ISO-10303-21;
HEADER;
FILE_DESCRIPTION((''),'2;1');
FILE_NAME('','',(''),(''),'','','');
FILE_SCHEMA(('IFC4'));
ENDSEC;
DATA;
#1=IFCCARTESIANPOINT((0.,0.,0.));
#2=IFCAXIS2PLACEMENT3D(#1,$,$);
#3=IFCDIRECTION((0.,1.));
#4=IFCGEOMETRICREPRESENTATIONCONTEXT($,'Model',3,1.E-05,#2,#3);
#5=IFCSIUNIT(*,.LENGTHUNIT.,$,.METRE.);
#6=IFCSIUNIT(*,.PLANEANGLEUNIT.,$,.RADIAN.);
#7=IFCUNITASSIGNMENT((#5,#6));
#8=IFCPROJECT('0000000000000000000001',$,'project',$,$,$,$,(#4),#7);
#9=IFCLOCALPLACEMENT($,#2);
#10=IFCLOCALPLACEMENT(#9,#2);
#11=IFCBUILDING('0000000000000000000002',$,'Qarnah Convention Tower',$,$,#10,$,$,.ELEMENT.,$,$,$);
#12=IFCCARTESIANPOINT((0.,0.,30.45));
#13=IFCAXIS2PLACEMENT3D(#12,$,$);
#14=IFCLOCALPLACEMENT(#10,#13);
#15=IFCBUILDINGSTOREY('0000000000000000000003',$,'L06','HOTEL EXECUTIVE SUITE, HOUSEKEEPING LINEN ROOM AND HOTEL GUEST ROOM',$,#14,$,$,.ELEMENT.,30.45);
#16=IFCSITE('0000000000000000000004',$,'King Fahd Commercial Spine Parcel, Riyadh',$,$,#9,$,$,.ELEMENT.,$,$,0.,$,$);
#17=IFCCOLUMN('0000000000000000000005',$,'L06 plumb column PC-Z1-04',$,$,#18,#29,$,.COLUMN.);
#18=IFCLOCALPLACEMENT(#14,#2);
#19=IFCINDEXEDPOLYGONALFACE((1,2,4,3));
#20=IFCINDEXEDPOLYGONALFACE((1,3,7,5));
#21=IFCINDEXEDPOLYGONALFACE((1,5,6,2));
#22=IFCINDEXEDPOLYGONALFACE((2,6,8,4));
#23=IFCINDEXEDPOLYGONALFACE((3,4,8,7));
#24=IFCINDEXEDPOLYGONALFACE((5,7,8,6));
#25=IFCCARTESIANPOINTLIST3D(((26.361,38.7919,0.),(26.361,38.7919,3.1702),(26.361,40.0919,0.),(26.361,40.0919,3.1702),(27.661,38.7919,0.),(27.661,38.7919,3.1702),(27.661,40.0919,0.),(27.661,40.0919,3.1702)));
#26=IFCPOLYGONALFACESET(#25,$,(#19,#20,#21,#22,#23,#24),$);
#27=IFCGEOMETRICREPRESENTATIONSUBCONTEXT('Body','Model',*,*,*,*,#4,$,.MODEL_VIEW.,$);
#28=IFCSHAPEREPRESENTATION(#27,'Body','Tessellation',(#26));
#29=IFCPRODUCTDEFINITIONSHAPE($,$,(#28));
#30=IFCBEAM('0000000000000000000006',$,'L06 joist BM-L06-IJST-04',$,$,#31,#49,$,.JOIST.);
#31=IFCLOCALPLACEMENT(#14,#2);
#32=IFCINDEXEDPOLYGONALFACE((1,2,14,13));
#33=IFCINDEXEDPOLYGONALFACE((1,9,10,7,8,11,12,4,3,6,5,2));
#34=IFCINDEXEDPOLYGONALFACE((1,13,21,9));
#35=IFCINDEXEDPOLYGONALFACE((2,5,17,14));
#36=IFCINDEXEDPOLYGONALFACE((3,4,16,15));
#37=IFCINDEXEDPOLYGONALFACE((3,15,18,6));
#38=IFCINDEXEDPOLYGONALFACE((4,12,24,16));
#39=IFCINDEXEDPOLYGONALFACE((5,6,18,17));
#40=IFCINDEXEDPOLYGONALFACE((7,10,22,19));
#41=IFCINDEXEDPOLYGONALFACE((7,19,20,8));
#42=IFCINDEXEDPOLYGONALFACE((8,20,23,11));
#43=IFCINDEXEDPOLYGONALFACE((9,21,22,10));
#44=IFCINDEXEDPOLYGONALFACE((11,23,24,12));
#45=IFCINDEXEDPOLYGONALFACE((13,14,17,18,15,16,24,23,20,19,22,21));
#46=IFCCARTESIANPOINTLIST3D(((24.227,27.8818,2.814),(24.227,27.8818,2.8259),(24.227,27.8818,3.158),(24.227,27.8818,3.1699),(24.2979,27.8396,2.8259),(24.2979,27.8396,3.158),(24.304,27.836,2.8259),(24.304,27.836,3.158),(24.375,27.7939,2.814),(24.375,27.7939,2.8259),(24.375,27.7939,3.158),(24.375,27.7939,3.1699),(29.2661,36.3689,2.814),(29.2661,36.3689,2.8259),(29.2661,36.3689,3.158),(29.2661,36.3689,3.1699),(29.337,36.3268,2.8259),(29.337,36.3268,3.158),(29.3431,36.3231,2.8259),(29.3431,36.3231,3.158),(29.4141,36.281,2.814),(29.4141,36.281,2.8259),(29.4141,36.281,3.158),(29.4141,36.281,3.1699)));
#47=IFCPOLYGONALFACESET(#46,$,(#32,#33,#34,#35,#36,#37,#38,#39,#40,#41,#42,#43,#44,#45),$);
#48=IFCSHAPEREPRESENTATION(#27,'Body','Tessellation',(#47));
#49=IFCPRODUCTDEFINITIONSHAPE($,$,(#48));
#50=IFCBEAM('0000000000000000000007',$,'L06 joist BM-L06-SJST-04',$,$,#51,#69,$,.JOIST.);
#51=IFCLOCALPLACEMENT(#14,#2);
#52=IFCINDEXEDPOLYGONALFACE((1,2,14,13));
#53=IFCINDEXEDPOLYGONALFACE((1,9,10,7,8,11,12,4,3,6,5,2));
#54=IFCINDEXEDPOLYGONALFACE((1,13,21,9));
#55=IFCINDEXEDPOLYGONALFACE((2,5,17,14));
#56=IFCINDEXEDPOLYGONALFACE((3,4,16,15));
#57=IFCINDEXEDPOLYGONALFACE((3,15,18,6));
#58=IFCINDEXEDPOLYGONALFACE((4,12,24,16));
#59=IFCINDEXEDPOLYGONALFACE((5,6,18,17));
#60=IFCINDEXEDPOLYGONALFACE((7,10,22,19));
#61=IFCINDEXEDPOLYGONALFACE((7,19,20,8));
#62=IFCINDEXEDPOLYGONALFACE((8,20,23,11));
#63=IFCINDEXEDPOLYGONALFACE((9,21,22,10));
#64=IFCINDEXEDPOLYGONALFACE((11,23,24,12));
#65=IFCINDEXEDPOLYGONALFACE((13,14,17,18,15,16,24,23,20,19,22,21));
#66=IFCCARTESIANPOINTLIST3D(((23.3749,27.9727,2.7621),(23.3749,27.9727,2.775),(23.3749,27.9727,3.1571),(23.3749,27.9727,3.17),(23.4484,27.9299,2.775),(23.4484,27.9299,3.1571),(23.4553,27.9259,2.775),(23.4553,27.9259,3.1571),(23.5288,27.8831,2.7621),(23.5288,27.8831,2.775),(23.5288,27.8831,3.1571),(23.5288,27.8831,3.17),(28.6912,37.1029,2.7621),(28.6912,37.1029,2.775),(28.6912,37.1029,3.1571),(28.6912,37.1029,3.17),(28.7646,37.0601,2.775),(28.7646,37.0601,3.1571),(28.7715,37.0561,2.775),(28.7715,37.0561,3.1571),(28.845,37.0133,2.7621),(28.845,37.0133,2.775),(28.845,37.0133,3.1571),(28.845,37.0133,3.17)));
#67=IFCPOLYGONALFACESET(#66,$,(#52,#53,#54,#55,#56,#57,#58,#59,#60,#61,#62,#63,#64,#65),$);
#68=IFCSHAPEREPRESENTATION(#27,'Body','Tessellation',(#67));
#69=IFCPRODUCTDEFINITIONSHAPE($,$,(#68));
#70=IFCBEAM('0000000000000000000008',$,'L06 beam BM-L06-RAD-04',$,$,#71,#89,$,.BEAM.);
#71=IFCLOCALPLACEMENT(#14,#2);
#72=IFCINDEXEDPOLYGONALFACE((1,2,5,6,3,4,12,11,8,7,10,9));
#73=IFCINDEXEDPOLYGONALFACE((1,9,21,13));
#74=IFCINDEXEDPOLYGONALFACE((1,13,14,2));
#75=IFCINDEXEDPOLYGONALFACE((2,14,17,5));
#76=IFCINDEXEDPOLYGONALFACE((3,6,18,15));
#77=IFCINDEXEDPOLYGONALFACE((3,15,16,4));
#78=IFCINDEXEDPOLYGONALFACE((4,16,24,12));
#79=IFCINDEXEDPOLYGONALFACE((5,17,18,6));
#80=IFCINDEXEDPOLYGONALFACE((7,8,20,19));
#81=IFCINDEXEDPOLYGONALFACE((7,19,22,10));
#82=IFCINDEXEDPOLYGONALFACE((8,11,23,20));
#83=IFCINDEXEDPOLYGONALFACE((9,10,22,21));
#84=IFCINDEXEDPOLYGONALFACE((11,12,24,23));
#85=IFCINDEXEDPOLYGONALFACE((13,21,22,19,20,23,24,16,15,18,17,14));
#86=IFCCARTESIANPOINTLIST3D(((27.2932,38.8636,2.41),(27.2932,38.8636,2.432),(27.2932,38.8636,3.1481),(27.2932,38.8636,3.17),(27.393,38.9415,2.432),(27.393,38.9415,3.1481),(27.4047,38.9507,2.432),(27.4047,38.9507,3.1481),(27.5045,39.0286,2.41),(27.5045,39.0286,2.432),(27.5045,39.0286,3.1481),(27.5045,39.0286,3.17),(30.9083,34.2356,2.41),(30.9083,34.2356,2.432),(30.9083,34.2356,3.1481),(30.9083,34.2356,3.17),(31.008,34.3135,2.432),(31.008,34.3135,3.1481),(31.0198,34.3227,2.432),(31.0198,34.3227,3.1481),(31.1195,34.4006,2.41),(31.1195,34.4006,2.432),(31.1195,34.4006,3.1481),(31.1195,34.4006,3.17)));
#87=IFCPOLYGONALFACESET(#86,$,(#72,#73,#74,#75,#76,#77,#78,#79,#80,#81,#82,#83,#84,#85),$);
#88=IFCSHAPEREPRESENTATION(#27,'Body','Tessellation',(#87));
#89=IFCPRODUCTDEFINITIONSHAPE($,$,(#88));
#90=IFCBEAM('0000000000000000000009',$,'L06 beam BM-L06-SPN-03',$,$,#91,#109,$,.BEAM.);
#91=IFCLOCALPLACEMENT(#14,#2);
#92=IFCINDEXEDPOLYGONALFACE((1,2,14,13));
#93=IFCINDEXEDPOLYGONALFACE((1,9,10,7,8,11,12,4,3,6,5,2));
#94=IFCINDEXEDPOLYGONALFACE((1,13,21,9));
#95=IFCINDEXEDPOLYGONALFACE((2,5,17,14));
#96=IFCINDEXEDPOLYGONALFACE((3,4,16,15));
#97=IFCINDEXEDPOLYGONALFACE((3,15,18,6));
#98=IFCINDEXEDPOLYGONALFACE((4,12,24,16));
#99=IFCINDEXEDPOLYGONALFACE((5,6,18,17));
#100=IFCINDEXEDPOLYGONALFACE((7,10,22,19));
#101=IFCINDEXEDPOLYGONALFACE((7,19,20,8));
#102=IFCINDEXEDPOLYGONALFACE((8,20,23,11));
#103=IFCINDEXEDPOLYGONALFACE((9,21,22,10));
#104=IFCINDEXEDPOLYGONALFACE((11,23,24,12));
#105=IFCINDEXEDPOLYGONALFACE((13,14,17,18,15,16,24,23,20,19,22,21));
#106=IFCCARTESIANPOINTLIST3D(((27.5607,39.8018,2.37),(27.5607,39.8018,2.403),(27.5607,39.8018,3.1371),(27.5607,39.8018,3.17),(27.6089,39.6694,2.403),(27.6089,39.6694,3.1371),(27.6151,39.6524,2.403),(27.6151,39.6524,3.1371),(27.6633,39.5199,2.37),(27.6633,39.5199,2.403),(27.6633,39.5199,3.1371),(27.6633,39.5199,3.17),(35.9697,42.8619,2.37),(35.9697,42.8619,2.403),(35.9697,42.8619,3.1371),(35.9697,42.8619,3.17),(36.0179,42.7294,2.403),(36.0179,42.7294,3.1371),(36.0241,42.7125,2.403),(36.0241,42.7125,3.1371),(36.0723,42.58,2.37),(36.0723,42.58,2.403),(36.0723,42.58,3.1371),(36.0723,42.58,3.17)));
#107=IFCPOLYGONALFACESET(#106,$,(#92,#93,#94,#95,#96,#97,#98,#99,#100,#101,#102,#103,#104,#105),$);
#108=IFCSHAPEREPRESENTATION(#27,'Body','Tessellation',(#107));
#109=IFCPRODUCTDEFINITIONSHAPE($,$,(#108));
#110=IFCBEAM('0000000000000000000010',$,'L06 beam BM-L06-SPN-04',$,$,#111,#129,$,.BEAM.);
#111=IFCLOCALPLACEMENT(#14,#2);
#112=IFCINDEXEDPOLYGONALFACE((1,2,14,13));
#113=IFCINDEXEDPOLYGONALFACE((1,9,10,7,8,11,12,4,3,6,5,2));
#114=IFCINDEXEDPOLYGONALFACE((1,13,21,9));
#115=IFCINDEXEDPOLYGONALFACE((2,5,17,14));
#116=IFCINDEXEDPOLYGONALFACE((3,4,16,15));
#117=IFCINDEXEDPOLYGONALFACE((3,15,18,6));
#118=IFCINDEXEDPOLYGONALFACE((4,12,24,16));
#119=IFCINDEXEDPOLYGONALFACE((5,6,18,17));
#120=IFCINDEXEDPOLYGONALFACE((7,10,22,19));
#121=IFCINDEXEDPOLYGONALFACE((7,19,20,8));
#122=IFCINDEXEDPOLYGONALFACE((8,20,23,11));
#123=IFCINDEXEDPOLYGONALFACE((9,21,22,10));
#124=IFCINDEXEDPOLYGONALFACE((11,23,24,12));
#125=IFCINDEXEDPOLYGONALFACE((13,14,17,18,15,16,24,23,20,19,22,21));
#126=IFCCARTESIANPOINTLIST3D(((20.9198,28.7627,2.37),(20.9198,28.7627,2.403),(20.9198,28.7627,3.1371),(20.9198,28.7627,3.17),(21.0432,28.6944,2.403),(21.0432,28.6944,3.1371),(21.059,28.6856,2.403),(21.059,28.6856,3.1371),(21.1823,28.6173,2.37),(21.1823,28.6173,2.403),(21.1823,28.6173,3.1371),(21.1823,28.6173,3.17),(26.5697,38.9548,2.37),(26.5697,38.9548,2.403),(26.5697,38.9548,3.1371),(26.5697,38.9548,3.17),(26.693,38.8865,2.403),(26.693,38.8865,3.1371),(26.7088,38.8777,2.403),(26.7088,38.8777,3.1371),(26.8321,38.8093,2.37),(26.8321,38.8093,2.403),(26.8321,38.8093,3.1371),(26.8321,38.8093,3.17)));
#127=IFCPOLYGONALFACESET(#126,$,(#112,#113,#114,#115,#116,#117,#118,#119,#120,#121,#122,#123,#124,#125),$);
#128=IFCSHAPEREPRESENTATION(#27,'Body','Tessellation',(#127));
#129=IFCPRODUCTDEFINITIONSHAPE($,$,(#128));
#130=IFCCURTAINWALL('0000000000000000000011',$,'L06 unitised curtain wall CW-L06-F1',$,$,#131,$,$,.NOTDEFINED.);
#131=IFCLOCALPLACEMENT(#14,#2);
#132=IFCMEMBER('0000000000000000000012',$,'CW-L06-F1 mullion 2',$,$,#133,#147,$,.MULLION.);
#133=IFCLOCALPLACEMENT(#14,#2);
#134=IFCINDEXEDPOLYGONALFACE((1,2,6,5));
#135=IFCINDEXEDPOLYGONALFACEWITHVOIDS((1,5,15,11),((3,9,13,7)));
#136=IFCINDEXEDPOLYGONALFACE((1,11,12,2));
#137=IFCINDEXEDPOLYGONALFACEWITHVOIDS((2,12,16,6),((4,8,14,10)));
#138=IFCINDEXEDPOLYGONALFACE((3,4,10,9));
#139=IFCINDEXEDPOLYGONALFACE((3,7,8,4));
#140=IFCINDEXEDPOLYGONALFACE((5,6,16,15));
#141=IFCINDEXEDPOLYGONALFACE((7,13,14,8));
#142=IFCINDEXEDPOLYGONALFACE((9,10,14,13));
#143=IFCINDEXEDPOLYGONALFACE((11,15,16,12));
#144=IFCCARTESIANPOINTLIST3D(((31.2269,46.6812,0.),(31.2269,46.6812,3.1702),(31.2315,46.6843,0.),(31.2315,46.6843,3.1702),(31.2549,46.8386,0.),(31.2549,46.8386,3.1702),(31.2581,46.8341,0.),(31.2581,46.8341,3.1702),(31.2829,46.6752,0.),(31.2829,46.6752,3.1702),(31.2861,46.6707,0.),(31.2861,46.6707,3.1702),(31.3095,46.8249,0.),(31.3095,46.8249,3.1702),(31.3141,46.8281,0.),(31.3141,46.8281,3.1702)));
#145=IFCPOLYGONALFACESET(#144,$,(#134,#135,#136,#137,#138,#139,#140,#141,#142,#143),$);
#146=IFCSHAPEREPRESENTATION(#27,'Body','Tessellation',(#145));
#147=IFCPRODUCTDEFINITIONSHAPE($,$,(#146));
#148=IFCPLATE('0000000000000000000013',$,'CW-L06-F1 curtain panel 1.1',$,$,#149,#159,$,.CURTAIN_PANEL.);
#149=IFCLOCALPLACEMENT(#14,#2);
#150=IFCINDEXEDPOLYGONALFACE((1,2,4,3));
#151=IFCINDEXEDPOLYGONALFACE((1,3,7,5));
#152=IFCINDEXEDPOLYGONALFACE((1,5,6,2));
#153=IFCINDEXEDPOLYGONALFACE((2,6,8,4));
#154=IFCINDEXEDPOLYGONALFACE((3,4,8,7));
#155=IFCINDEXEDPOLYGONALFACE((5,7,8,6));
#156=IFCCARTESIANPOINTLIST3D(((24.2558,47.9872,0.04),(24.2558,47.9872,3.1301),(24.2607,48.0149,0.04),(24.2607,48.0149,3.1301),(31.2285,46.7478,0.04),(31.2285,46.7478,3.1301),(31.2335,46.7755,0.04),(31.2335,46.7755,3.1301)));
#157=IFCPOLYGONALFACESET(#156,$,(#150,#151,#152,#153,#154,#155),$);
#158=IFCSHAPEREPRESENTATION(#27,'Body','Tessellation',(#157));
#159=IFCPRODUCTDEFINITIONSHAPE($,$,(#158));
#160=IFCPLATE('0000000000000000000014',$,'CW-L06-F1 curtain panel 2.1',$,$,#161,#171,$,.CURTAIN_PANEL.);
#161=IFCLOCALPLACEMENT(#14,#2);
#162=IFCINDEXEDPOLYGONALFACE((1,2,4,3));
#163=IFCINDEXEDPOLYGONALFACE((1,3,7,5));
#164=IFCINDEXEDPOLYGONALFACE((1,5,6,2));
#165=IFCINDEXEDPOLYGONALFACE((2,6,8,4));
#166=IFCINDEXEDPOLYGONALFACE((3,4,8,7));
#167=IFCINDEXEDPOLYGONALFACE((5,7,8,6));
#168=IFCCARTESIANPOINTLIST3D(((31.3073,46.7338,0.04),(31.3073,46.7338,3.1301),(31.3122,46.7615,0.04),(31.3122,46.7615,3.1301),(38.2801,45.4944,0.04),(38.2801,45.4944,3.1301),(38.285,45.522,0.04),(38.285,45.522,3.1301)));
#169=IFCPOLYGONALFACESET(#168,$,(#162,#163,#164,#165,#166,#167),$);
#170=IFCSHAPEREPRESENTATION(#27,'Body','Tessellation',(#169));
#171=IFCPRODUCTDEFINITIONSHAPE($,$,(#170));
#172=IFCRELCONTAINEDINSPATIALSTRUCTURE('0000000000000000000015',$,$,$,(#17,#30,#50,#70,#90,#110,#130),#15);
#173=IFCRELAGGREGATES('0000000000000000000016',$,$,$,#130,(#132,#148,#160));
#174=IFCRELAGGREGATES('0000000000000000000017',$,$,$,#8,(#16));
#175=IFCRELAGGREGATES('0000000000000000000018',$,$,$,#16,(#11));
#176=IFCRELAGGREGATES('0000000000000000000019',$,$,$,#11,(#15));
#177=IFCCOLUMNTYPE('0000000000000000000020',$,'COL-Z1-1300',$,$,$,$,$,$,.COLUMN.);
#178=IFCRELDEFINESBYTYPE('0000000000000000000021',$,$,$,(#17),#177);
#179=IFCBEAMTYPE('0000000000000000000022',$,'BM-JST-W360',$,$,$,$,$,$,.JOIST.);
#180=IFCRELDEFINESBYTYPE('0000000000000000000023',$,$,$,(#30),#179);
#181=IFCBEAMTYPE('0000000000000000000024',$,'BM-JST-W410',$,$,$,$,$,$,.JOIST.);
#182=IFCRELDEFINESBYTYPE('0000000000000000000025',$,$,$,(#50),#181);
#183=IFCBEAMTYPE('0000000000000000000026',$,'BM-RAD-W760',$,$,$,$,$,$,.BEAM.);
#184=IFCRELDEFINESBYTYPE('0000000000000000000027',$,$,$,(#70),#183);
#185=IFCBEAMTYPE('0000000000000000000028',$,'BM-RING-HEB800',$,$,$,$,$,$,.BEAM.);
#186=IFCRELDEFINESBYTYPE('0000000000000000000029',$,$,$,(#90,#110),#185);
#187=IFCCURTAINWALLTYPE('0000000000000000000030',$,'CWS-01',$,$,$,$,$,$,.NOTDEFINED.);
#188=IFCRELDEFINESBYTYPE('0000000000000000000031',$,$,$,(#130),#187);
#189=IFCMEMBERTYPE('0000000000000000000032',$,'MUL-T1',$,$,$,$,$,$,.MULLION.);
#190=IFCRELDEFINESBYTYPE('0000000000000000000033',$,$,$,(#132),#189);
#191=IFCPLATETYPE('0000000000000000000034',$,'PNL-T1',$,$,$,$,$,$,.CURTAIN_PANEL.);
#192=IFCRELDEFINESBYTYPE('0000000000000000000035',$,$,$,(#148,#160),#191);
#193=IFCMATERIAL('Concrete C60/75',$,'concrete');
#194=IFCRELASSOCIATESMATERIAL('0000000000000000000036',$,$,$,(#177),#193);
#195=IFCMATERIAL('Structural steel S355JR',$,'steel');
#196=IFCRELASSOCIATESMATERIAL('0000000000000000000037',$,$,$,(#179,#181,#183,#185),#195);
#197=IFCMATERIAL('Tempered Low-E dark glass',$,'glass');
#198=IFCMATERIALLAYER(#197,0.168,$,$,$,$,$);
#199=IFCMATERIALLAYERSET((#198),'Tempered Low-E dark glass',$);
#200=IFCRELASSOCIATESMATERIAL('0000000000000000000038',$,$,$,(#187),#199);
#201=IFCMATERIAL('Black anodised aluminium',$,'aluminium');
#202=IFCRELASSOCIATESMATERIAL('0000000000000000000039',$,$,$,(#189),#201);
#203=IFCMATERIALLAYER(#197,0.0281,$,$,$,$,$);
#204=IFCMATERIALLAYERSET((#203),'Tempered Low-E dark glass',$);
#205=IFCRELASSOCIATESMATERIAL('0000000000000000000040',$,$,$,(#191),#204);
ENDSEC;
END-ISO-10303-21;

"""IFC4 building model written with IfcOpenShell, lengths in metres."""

from ifc_helpers import new_model, si_unit, direction, frame, origin, origin_2d, place, context, subcontext, project, spatial, rectangle, hollow_rectangle, i_section, extrude, material, layer, layer_set, material_profile, profile_set, type_object, element, aggregate, save


model = new_model("IFC4")

# Units and contexts
model_context = context("Model", 3, precision=1e-05, world=origin(), true_north=direction((0.0, 1.0)))
body_context = subcontext(model_context, "Body", "Model", "MODEL_VIEW")
ifc_project = project(units=[si_unit("LENGTHUNIT", "METRE"), si_unit("PLANEANGLEUNIT", "RADIAN")], contexts=[model_context])

# Site, building, storey
site_placement = place(None, origin())
site = spatial("IfcSite", under=ifc_project, at=site_placement, Name="King Fahd Commercial Spine Parcel, Riyadh", CompositionType="ELEMENT", RefElevation=0.0)
building_placement = place(site_placement, origin())
building = spatial("IfcBuilding", under=site, at=building_placement, Name="Qarnah Convention Tower", CompositionType="ELEMENT")
storey_placement = place(building_placement, frame((0.0, 0.0, 30.45)))
storey = spatial("IfcBuildingStorey", under=building, at=storey_placement, Name="L06", Description="HOTEL EXECUTIVE SUITE, HOUSEKEEPING LINEN ROOM AND HOTEL GUEST ROOM", CompositionType="ELEMENT", Elevation=30.45)

# Column
ifc_material_1 = material(Name="Concrete C60/75", Category="concrete")
ifc_material_profile_1 = material_profile(ifc_material_1, rectangle(XDim=1.3, YDim=1.3, at=origin_2d()), Name="RC-COL-1300X1300")
ifc_profile_set_1 = profile_set([ifc_material_profile_1], Name="Concrete C60/75")
column_type = type_object("IfcColumnType", Name="COL-Z1-1300", PredefinedType="COLUMN", material=ifc_profile_set_1)
column_placement = place(storey_placement, frame((27.011, 39.4419, 0.0), z_axis=(0.0, 0.0, 1.0), x_axis=(1.0, 0.0, 0.0)))
element("IfcColumn", 1, at=column_placement, inside=storey, type_object=column_type, Name="L06 plumb column PC-Z1-04", PredefinedType="COLUMN", context=body_context, shape_type="SweptSolid", body=[
    extrude(rectangle(XDim=1.3, YDim=1.3, at=origin_2d()), origin(), (0.0, 0.0, 1.0), 3.1702),
])

# Beams
ifc_material_2 = material(Name="Structural steel S355JR", Category="steel")
ifc_material_profile_2 = material_profile(ifc_material_2, i_section(OverallWidth=0.1721, OverallDepth=0.356, WebThickness=0.0071, FlangeThickness=0.012, at=origin_2d()), Name="W360X51")
ifc_profile_set_2 = profile_set([ifc_material_profile_2], Name="Structural steel S355JR")
beam_type_1 = type_object("IfcBeamType", Name="BM-JST-W360", PredefinedType="JOIST", material=ifc_profile_set_2)
beam_1_placement = place(storey_placement, frame((29.3401, 36.325, 2.9919), z_axis=(-0.510529, -0.859861, 0.0), x_axis=(0.859861, -0.510529, 0.0)))
element("IfcBeam", 2, at=beam_1_placement, inside=storey, type_object=beam_type_1, Name="L06 joist BM-L06-IJST-04", PredefinedType="JOIST", context=body_context, shape_type="SweptSolid", body=[
    extrude(i_section(OverallWidth=0.1721, OverallDepth=0.356, WebThickness=0.0071, FlangeThickness=0.012, at=origin_2d()), origin(), (0.0, 0.0, 1.0), 9.8704),
])
ifc_material_profile_3 = material_profile(ifc_material_2, i_section(OverallWidth=0.178, OverallDepth=0.408, WebThickness=0.0081, FlangeThickness=0.0129, at=origin_2d()), Name="W410X60")
ifc_profile_set_3 = profile_set([ifc_material_profile_3], Name="Structural steel S355JR")
beam_type_2 = type_object("IfcBeamType", Name="BM-JST-W410", PredefinedType="JOIST", material=ifc_profile_set_3)
beam_2_placement = place(storey_placement, frame((28.7681, 37.0581, 2.9661), z_axis=(-0.503183, -0.86418, 0.0), x_axis=(0.86418, -0.503183, 0.0)))
element("IfcBeam", 3, at=beam_2_placement, inside=storey, type_object=beam_type_2, Name="L06 joist BM-L06-SJST-04", PredefinedType="JOIST", context=body_context, shape_type="SweptSolid", body=[
    extrude(i_section(OverallWidth=0.178, OverallDepth=0.408, WebThickness=0.0081, FlangeThickness=0.0129, at=origin_2d()), origin(), (0.0, 0.0, 1.0), 10.5652),
])
ifc_material_profile_4 = material_profile(ifc_material_2, i_section(OverallWidth=0.2681, OverallDepth=0.76, WebThickness=0.0149, FlangeThickness=0.022, at=origin_2d()), Name="W760X185")
ifc_profile_set_4 = profile_set([ifc_material_profile_4], Name="Structural steel S355JR")
beam_type_3 = type_object("IfcBeamType", Name="BM-RAD-W760", PredefinedType="BEAM", material=ifc_profile_set_4)
beam_3_placement = place(storey_placement, frame((31.0139, 34.3181, 2.79), z_axis=(-0.615583, 0.788072, 0.0), x_axis=(-0.788072, -0.615583, 0.0)))
element("IfcBeam", 4, at=beam_3_placement, inside=storey, type_object=beam_type_3, Name="L06 beam BM-L06-RAD-04", PredefinedType="BEAM", context=body_context, shape_type="SweptSolid", body=[
    extrude(i_section(OverallWidth=0.2681, OverallDepth=0.76, WebThickness=0.0149, FlangeThickness=0.022, at=origin_2d()), origin(), (0.0, 0.0, 1.0), 5.8726),
])
ifc_material_profile_5 = material_profile(ifc_material_2, i_section(OverallWidth=0.3, OverallDepth=0.8, WebThickness=0.0181, FlangeThickness=0.033, at=origin_2d()), Name="HEB800")
ifc_profile_set_5 = profile_set([ifc_material_profile_5], Name="Structural steel S355JR")
beam_type_4 = type_object("IfcBeamType", Name="BM-RING-HEB800", PredefinedType="BEAM", material=ifc_profile_set_5)
beam_4_placement = place(storey_placement, frame((36.021, 42.7209, 2.77), z_axis=(-0.939712, -0.341966, 0.0), x_axis=(0.341966, -0.939712, 0.0)))
element("IfcBeam", 5, at=beam_4_placement, inside=storey, type_object=beam_type_4, Name="L06 beam BM-L06-SPN-03", PredefinedType="BEAM", context=body_context, shape_type="SweptSolid", body=[
    extrude(i_section(OverallWidth=0.3, OverallDepth=0.8, WebThickness=0.0181, FlangeThickness=0.033, at=origin_2d()), origin(), (0.0, 0.0, 1.0), 8.9485),
])
beam_5_placement = place(storey_placement, frame((26.7009, 38.8821, 2.77), z_axis=(-0.48483, -0.874609, 0.0), x_axis=(0.874609, -0.48483, 0.0)))
element("IfcBeam", 6, at=beam_5_placement, inside=storey, type_object=beam_type_4, Name="L06 beam BM-L06-SPN-04", PredefinedType="BEAM", context=body_context, shape_type="SweptSolid", body=[
    extrude(i_section(OverallWidth=0.3, OverallDepth=0.8, WebThickness=0.0181, FlangeThickness=0.033, at=origin_2d()), origin(), (0.0, 0.0, 1.0), 11.6533),
])

# Curtain wall, member, plates
ifc_material_3 = material(Name="Tempered Low-E dark glass", Category="glass")
ifc_layer_1 = layer(ifc_material_3, 0.168)
ifc_layer_set_1 = layer_set([ifc_layer_1], Name="Tempered Low-E dark glass")
curtain_wall_type = type_object("IfcCurtainWallType", Name="CWS-01", PredefinedType="NOTDEFINED", material=ifc_layer_set_1)
curtain_wall_placement = place(storey_placement, origin())
curtain_wall = element("IfcCurtainWall", 7, at=curtain_wall_placement, inside=storey, type_object=curtain_wall_type, Name="L06 unitised curtain wall CW-L06-F1", PredefinedType="NOTDEFINED")
ifc_material_4 = material(Name="Black anodised aluminium", Category="aluminium")
ifc_material_profile_6 = material_profile(ifc_material_4, hollow_rectangle(XDim=0.0601, YDim=0.1599, WallThickness=0.0039, at=origin_2d()), Name="MUL-60X160")
ifc_profile_set_6 = profile_set([ifc_material_profile_6], Name="Black anodised aluminium")
member_type = type_object("IfcMemberType", Name="MUL-T1", PredefinedType="MULLION", material=ifc_profile_set_6)
member_placement = place(storey_placement, frame((31.2705, 46.7546, 0.0), z_axis=(0.0, 0.0, 1.0), x_axis=(0.984567, -0.175009, 0.0)))
member = element("IfcMember", 8, at=member_placement, type_object=member_type, Name="CW-L06-F1 mullion 2", PredefinedType="MULLION", context=body_context, shape_type="SweptSolid", body=[
    extrude(hollow_rectangle(XDim=0.0601, YDim=0.1599, WallThickness=0.0039, at=origin_2d()), origin(), (0.0, 0.0, 1.0), 3.1702),
])
ifc_layer_2 = layer(ifc_material_3, 0.0281)
ifc_layer_set_2 = layer_set([ifc_layer_2], Name="Tempered Low-E dark glass")
plate_type = type_object("IfcPlateType", Name="PNL-T1", PredefinedType="CURTAIN_PANEL", material=ifc_layer_set_2)
plate_1_placement = place(storey_placement, frame((27.7446, 47.3813, 0.04), z_axis=(0.0, 0.0, 1.0), x_axis=(0.984567, -0.175009, 0.0)))
plate_1 = element("IfcPlate", 9, at=plate_1_placement, type_object=plate_type, Name="CW-L06-F1 curtain panel 1.1", PredefinedType="CURTAIN_PANEL", context=body_context, shape_type="SweptSolid", body=[
    extrude(rectangle(XDim=7.082, YDim=0.0281, at=origin_2d()), origin(), (0.0, 0.0, 1.0), 3.0901),
])
plate_2_placement = place(storey_placement, frame((34.7961, 46.1279, 0.04), z_axis=(0.0, 0.0, 1.0), x_axis=(0.984567, -0.175009, 0.0)))
plate_2 = element("IfcPlate", 10, at=plate_2_placement, type_object=plate_type, Name="CW-L06-F1 curtain panel 2.1", PredefinedType="CURTAIN_PANEL", context=body_context, shape_type="SweptSolid", body=[
    extrude(rectangle(XDim=7.082, YDim=0.0281, at=origin_2d()), origin(), (0.0, 0.0, 1.0), 3.0901),
])
aggregate(curtain_wall, [member, plate_1, plate_2])

save(model, "model.ifc")
